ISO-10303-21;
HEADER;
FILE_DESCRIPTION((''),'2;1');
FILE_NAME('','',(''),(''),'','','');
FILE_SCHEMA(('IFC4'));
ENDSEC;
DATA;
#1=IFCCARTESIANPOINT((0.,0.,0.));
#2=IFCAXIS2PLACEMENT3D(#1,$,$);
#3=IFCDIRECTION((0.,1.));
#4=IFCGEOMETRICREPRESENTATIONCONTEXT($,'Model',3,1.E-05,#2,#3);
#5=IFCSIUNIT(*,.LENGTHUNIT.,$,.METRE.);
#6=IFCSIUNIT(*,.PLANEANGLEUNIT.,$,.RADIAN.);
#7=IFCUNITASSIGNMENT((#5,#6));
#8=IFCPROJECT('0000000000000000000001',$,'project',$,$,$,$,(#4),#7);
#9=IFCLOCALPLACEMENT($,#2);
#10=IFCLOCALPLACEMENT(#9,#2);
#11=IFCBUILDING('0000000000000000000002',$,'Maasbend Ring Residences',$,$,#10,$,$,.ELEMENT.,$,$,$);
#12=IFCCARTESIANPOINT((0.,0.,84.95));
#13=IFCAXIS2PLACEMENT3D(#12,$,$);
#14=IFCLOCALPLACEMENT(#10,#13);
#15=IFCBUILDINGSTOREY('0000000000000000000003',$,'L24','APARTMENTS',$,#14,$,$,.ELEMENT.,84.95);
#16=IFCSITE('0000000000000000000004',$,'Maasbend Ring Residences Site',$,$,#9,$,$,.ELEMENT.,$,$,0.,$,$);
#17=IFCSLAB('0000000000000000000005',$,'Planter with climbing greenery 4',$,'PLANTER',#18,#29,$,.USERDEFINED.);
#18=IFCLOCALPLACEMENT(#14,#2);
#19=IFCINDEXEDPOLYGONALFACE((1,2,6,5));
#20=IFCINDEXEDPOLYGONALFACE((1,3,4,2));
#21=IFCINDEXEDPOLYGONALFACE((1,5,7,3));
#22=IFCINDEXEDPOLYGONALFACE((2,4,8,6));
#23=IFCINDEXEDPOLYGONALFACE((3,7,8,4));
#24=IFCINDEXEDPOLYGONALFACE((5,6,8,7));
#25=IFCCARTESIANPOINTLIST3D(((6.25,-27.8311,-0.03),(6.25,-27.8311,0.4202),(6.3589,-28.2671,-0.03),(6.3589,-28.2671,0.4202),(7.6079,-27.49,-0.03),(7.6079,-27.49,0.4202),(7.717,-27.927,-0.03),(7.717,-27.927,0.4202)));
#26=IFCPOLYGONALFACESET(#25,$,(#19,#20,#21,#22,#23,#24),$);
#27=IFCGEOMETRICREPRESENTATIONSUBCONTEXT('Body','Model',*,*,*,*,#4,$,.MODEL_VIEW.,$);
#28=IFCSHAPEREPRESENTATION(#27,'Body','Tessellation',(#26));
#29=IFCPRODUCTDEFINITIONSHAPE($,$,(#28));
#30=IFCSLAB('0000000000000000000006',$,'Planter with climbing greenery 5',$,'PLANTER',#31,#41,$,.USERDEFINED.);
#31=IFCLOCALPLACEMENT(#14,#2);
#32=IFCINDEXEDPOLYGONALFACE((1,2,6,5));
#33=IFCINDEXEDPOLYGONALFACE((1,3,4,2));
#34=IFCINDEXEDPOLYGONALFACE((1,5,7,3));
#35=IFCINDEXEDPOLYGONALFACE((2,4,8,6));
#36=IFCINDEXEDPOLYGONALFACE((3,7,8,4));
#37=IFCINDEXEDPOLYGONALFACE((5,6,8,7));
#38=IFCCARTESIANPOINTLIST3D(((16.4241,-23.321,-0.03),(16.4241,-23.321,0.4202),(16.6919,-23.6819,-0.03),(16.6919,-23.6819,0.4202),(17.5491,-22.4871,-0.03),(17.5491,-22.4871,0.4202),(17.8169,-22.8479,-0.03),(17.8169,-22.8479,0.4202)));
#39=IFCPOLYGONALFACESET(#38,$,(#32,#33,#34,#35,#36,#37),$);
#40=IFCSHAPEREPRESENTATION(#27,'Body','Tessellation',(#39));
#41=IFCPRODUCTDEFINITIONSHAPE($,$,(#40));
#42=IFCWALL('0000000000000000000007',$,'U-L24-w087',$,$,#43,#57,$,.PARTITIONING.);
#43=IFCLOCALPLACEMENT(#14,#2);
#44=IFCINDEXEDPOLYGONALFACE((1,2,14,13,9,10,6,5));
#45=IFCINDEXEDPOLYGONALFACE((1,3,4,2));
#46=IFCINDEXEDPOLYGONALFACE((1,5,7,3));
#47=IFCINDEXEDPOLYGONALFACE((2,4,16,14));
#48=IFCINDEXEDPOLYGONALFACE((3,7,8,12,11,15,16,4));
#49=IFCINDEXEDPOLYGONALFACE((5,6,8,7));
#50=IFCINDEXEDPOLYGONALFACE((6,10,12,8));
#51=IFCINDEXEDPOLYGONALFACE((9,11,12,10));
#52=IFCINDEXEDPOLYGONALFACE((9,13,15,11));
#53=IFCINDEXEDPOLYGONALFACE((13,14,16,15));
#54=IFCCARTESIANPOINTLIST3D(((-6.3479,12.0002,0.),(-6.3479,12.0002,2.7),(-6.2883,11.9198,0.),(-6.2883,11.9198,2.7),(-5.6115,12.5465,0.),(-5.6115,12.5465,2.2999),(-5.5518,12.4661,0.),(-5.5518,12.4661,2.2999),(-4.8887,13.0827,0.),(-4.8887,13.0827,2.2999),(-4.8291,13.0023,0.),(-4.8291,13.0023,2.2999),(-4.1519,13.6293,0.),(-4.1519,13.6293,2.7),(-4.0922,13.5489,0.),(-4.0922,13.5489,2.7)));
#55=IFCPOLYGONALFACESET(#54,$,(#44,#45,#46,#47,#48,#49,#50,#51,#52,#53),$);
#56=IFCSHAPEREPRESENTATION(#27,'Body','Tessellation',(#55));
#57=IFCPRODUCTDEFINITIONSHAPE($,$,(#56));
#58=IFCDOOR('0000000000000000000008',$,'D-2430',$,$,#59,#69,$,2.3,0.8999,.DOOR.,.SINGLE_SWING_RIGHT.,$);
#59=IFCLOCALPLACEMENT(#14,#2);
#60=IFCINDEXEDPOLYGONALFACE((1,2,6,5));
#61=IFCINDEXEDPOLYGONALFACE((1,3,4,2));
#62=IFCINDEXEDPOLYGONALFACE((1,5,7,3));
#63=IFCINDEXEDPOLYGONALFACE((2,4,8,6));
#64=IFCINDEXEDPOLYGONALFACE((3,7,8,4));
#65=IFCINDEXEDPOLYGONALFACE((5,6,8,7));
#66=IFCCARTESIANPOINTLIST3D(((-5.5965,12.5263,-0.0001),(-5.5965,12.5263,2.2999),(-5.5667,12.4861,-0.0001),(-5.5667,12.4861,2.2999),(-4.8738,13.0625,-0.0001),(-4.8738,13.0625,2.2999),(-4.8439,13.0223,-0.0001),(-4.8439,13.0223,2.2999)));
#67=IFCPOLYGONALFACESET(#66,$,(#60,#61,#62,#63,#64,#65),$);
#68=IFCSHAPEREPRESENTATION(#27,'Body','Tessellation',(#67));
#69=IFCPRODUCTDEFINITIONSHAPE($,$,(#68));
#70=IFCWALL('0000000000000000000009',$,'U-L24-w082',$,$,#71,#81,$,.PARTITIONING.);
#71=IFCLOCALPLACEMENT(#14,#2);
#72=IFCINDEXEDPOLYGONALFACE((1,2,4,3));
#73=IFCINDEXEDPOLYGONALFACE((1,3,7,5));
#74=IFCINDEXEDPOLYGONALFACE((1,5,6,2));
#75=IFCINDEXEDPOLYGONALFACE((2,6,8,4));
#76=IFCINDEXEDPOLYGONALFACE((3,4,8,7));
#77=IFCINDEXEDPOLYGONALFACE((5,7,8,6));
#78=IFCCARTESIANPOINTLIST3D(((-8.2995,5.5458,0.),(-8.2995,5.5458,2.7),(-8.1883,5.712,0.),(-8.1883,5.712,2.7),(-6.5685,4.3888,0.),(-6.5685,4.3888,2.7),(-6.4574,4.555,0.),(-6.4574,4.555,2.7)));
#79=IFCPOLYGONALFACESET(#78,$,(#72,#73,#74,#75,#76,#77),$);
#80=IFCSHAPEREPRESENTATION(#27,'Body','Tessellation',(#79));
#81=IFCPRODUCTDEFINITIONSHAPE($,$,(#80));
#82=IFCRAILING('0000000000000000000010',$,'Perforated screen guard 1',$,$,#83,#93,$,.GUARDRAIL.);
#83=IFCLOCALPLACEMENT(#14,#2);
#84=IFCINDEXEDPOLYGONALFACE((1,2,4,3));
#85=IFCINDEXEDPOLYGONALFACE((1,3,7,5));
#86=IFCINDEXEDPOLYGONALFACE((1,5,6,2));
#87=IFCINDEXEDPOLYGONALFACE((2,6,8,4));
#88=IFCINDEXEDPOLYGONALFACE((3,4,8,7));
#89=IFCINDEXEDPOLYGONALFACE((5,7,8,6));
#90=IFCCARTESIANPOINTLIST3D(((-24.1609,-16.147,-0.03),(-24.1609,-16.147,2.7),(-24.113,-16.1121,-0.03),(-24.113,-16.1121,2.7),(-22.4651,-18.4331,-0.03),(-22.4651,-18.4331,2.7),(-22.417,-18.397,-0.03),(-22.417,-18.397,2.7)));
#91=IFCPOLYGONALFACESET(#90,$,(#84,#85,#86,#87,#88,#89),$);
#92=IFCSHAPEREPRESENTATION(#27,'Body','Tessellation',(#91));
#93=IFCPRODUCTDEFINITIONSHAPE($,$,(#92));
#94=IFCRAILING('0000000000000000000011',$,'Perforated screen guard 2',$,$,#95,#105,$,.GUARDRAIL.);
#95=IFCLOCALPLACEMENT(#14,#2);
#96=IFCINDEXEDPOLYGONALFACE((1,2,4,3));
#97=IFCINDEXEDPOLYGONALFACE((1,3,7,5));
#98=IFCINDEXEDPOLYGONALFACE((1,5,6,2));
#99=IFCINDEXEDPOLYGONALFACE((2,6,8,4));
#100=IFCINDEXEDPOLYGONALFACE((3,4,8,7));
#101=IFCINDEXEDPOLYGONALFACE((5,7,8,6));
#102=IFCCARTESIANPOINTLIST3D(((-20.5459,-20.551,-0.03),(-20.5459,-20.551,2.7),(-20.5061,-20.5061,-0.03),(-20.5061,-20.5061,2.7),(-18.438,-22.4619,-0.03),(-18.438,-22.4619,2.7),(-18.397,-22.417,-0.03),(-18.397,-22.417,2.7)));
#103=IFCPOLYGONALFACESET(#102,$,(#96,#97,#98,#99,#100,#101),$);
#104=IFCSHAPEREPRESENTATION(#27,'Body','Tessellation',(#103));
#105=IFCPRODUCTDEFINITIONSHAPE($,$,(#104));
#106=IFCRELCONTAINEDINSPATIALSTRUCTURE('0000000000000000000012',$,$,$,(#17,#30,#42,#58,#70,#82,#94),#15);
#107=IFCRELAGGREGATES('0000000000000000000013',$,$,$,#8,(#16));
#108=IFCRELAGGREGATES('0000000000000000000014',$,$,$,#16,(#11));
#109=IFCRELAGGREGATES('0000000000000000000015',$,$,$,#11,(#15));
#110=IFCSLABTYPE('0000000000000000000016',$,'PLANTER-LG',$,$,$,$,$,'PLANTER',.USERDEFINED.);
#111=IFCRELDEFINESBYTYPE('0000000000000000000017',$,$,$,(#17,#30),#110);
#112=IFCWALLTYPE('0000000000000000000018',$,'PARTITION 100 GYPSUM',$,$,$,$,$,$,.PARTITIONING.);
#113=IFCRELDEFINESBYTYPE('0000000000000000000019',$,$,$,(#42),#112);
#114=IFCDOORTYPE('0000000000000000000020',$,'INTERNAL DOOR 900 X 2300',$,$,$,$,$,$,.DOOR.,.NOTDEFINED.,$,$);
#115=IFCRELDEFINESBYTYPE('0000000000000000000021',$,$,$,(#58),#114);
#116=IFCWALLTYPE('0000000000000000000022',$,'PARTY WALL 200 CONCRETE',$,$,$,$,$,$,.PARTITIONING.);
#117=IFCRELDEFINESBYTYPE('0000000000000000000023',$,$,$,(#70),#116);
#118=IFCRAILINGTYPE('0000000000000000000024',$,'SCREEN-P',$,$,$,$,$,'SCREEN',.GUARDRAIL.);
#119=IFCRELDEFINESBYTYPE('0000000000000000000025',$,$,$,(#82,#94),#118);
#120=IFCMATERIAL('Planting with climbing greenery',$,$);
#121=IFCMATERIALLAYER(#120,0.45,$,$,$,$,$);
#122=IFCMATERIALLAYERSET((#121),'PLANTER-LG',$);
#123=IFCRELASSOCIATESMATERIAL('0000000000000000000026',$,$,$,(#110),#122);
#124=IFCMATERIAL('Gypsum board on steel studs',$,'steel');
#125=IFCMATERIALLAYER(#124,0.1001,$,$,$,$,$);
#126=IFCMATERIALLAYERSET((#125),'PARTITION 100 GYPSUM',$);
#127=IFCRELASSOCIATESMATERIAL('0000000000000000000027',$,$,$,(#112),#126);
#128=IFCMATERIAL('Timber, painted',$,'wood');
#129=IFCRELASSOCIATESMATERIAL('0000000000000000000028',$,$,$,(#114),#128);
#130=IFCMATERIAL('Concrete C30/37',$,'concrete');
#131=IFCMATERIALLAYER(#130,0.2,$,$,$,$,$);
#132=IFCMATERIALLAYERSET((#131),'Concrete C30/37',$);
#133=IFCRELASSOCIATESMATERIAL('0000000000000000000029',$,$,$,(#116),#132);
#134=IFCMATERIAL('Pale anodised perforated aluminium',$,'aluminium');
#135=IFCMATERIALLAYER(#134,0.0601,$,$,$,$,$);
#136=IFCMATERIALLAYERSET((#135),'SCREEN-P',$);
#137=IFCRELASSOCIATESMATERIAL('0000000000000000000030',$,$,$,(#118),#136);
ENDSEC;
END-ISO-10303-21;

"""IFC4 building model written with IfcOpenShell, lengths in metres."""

from ifc_helpers import new_model, si_unit, direction, frame, frame_2d, origin, place, context, subcontext, project, spatial, polyline, rectangle, outline, extrude, material, layer, layer_set, type_object, element, fill, save


model = new_model("IFC4")

# Units and contexts
model_context = context("Model", 3, precision=1e-05, world=origin(), true_north=direction((0.0, 1.0)))
body_context = subcontext(model_context, "Body", "Model", "MODEL_VIEW")
ifc_project = project(units=[si_unit("LENGTHUNIT", "METRE"), si_unit("PLANEANGLEUNIT", "RADIAN")], contexts=[model_context])

# Site, building, storey
site_placement = place(None, origin())
site = spatial("IfcSite", under=ifc_project, at=site_placement, Name="Maasbend Ring Residences Site", CompositionType="ELEMENT", RefElevation=0.0)
building_placement = place(site_placement, origin())
building = spatial("IfcBuilding", under=site, at=building_placement, Name="Maasbend Ring Residences", CompositionType="ELEMENT")
storey_placement = place(building_placement, frame((0.0, 0.0, 84.95)))
storey = spatial("IfcBuildingStorey", under=building, at=storey_placement, Name="L24", Description="APARTMENTS", CompositionType="ELEMENT", Elevation=84.95)

# Slabs
ifc_material_1 = material(Name="Planting with climbing greenery")
ifc_layer_1 = layer(ifc_material_1, 0.45)
ifc_layer_set_1 = layer_set([ifc_layer_1], Name="PLANTER-LG")
slab_type_1 = type_object("IfcSlabType", Name="PLANTER-LG", ElementType="PLANTER", PredefinedType="USERDEFINED", material=ifc_layer_set_1)
slab_1_placement = place(storey_placement, frame((0.0, 0.0, -0.03)))
element("IfcSlab", 1, at=slab_1_placement, inside=storey, type_object=slab_type_1, Name="Planter with climbing greenery 4", ObjectType="PLANTER", PredefinedType="USERDEFINED", context=body_context, shape_type="SweptSolid", body=[
    extrude(outline(polyline([(6.3589, -28.2671), (7.717, -27.927), (7.6079, -27.49), (6.25, -27.8311), (6.3589, -28.2671)])), origin(), (0.0, 0.0, 1.0), 0.4502),
])
slab_2_placement = place(storey_placement, frame((0.0, 0.0, -0.03)))
element("IfcSlab", 2, at=slab_2_placement, inside=storey, type_object=slab_type_1, Name="Planter with climbing greenery 5", ObjectType="PLANTER", PredefinedType="USERDEFINED", context=body_context, shape_type="SweptSolid", body=[
    extrude(outline(polyline([(16.6919, -23.6819), (17.8169, -22.8479), (17.5491, -22.4871), (16.4241, -23.321), (16.6919, -23.6819)])), origin(), (0.0, 0.0, 1.0), 0.4502),
])

# Wall, opening, door
ifc_material_2 = material(Name="Gypsum board on steel studs", Category="steel")
ifc_layer_2 = layer(ifc_material_2, 0.1001)
ifc_layer_set_2 = layer_set([ifc_layer_2], Name="PARTITION 100 GYPSUM")
wall_type_1 = type_object("IfcWallType", Name="PARTITION 100 GYPSUM", PredefinedType="PARTITIONING", material=ifc_layer_set_2)
wall_1_placement = place(storey_placement, frame((-6.3181, 11.96, 0.0), z_axis=(0.0, 0.0, 1.0), x_axis=(0.803128, 0.595806, 0.0)))
wall_1 = element("IfcWall", 3, at=wall_1_placement, inside=storey, type_object=wall_type_1, Name="U-L24-w087", PredefinedType="PARTITIONING", context=body_context, shape_type="SweptSolid", body=[
    extrude(rectangle(XDim=2.7344, YDim=0.1001, at=frame_2d((1.3672, 0.0))), origin(), (0.0, 0.0, 1.0), 2.7),
])
opening_placement = place(wall_1_placement, frame((0.917, 0.0, 0.0)))
opening = element("IfcOpeningElement", 4, at=opening_placement, cuts=wall_1, PredefinedType="OPENING", context=body_context, shape_type="SweptSolid", body=[
    extrude(rectangle(XDim=0.8999, YDim=2.3, at=frame_2d((0.45, 1.1499))), frame((0.0, 0.0601, 0.0), z_axis=(0.0, -1.0, 0.0), x_axis=(1.0, 0.0, 0.0)), (0.0, 0.0, 1.0), 0.1201),
])
ifc_material_3 = material(Name="Timber, painted", Category="wood")
door_type = type_object("IfcDoorType", Name="INTERNAL DOOR 900 X 2300", OperationType="NOTDEFINED", PredefinedType="DOOR", material=ifc_material_3)
door_placement = place(opening_placement, origin())
door = element("IfcDoor", 5, at=door_placement, inside=storey, type_object=door_type, Name="D-2430", OperationType="SINGLE_SWING_RIGHT", OverallHeight=2.3, OverallWidth=0.8999, PredefinedType="DOOR", context=body_context, shape_type="SweptSolid", body=[
    extrude(rectangle(XDim=0.8999, YDim=2.3, at=frame_2d((0.45, 1.1499))), frame((0.0, 0.0249, 0.0), z_axis=(0.0, -1.0, 0.0), x_axis=(1.0, 0.0, 0.0)), (0.0, 0.0, 1.0), 0.05),
])
fill(opening, door)

# Wall
ifc_material_4 = material(Name="Concrete C30/37", Category="concrete")
ifc_layer_3 = layer(ifc_material_4, 0.2)
ifc_layer_set_3 = layer_set([ifc_layer_3], Name="Concrete C30/37")
wall_type_2 = type_object("IfcWallType", Name="PARTY WALL 200 CONCRETE", PredefinedType="PARTITIONING", material=ifc_layer_set_3)
wall_2_placement = place(storey_placement, frame((-6.5129, 4.4719, 0.0), z_axis=(0.0, 0.0, 1.0), x_axis=(-0.831382, 0.555701, 0.0)))
element("IfcWall", 6, at=wall_2_placement, inside=storey, type_object=wall_type_2, Name="U-L24-w082", PredefinedType="PARTITIONING", context=body_context, shape_type="SweptSolid", body=[
    extrude(rectangle(XDim=2.082, YDim=0.2, at=frame_2d((1.041, 0.0))), origin(), (0.0, 0.0, 1.0), 2.7),
])

# Railings
ifc_material_5 = material(Name="Pale anodised perforated aluminium", Category="aluminium")
ifc_layer_4 = layer(ifc_material_5, 0.0601)
ifc_layer_set_4 = layer_set([ifc_layer_4], Name="SCREEN-P")
railing_type = type_object("IfcRailingType", Name="SCREEN-P", ElementType="SCREEN", PredefinedType="GUARDRAIL", material=ifc_layer_set_4)
railing_1_placement = place(storey_placement, frame((0.0, 0.0, -0.03)))
element("IfcRailing", 7, at=railing_1_placement, inside=storey, type_object=railing_type, Name="Perforated screen guard 1", PredefinedType="GUARDRAIL", context=body_context, shape_type="SweptSolid", body=[
    extrude(outline(polyline([(-24.113, -16.1121), (-22.417, -18.397), (-22.4651, -18.4331), (-24.1609, -16.147), (-24.113, -16.1121)])), origin(), (0.0, 0.0, 1.0), 2.73),
])
railing_2_placement = place(storey_placement, frame((0.0, 0.0, -0.03)))
element("IfcRailing", 8, at=railing_2_placement, inside=storey, type_object=railing_type, Name="Perforated screen guard 2", PredefinedType="GUARDRAIL", context=body_context, shape_type="SweptSolid", body=[
    extrude(outline(polyline([(-20.5061, -20.5061), (-18.397, -22.417), (-18.438, -22.4619), (-20.5459, -20.551), (-20.5061, -20.5061)])), origin(), (0.0, 0.0, 1.0), 2.73),
])

save(model, "model.ifc")
